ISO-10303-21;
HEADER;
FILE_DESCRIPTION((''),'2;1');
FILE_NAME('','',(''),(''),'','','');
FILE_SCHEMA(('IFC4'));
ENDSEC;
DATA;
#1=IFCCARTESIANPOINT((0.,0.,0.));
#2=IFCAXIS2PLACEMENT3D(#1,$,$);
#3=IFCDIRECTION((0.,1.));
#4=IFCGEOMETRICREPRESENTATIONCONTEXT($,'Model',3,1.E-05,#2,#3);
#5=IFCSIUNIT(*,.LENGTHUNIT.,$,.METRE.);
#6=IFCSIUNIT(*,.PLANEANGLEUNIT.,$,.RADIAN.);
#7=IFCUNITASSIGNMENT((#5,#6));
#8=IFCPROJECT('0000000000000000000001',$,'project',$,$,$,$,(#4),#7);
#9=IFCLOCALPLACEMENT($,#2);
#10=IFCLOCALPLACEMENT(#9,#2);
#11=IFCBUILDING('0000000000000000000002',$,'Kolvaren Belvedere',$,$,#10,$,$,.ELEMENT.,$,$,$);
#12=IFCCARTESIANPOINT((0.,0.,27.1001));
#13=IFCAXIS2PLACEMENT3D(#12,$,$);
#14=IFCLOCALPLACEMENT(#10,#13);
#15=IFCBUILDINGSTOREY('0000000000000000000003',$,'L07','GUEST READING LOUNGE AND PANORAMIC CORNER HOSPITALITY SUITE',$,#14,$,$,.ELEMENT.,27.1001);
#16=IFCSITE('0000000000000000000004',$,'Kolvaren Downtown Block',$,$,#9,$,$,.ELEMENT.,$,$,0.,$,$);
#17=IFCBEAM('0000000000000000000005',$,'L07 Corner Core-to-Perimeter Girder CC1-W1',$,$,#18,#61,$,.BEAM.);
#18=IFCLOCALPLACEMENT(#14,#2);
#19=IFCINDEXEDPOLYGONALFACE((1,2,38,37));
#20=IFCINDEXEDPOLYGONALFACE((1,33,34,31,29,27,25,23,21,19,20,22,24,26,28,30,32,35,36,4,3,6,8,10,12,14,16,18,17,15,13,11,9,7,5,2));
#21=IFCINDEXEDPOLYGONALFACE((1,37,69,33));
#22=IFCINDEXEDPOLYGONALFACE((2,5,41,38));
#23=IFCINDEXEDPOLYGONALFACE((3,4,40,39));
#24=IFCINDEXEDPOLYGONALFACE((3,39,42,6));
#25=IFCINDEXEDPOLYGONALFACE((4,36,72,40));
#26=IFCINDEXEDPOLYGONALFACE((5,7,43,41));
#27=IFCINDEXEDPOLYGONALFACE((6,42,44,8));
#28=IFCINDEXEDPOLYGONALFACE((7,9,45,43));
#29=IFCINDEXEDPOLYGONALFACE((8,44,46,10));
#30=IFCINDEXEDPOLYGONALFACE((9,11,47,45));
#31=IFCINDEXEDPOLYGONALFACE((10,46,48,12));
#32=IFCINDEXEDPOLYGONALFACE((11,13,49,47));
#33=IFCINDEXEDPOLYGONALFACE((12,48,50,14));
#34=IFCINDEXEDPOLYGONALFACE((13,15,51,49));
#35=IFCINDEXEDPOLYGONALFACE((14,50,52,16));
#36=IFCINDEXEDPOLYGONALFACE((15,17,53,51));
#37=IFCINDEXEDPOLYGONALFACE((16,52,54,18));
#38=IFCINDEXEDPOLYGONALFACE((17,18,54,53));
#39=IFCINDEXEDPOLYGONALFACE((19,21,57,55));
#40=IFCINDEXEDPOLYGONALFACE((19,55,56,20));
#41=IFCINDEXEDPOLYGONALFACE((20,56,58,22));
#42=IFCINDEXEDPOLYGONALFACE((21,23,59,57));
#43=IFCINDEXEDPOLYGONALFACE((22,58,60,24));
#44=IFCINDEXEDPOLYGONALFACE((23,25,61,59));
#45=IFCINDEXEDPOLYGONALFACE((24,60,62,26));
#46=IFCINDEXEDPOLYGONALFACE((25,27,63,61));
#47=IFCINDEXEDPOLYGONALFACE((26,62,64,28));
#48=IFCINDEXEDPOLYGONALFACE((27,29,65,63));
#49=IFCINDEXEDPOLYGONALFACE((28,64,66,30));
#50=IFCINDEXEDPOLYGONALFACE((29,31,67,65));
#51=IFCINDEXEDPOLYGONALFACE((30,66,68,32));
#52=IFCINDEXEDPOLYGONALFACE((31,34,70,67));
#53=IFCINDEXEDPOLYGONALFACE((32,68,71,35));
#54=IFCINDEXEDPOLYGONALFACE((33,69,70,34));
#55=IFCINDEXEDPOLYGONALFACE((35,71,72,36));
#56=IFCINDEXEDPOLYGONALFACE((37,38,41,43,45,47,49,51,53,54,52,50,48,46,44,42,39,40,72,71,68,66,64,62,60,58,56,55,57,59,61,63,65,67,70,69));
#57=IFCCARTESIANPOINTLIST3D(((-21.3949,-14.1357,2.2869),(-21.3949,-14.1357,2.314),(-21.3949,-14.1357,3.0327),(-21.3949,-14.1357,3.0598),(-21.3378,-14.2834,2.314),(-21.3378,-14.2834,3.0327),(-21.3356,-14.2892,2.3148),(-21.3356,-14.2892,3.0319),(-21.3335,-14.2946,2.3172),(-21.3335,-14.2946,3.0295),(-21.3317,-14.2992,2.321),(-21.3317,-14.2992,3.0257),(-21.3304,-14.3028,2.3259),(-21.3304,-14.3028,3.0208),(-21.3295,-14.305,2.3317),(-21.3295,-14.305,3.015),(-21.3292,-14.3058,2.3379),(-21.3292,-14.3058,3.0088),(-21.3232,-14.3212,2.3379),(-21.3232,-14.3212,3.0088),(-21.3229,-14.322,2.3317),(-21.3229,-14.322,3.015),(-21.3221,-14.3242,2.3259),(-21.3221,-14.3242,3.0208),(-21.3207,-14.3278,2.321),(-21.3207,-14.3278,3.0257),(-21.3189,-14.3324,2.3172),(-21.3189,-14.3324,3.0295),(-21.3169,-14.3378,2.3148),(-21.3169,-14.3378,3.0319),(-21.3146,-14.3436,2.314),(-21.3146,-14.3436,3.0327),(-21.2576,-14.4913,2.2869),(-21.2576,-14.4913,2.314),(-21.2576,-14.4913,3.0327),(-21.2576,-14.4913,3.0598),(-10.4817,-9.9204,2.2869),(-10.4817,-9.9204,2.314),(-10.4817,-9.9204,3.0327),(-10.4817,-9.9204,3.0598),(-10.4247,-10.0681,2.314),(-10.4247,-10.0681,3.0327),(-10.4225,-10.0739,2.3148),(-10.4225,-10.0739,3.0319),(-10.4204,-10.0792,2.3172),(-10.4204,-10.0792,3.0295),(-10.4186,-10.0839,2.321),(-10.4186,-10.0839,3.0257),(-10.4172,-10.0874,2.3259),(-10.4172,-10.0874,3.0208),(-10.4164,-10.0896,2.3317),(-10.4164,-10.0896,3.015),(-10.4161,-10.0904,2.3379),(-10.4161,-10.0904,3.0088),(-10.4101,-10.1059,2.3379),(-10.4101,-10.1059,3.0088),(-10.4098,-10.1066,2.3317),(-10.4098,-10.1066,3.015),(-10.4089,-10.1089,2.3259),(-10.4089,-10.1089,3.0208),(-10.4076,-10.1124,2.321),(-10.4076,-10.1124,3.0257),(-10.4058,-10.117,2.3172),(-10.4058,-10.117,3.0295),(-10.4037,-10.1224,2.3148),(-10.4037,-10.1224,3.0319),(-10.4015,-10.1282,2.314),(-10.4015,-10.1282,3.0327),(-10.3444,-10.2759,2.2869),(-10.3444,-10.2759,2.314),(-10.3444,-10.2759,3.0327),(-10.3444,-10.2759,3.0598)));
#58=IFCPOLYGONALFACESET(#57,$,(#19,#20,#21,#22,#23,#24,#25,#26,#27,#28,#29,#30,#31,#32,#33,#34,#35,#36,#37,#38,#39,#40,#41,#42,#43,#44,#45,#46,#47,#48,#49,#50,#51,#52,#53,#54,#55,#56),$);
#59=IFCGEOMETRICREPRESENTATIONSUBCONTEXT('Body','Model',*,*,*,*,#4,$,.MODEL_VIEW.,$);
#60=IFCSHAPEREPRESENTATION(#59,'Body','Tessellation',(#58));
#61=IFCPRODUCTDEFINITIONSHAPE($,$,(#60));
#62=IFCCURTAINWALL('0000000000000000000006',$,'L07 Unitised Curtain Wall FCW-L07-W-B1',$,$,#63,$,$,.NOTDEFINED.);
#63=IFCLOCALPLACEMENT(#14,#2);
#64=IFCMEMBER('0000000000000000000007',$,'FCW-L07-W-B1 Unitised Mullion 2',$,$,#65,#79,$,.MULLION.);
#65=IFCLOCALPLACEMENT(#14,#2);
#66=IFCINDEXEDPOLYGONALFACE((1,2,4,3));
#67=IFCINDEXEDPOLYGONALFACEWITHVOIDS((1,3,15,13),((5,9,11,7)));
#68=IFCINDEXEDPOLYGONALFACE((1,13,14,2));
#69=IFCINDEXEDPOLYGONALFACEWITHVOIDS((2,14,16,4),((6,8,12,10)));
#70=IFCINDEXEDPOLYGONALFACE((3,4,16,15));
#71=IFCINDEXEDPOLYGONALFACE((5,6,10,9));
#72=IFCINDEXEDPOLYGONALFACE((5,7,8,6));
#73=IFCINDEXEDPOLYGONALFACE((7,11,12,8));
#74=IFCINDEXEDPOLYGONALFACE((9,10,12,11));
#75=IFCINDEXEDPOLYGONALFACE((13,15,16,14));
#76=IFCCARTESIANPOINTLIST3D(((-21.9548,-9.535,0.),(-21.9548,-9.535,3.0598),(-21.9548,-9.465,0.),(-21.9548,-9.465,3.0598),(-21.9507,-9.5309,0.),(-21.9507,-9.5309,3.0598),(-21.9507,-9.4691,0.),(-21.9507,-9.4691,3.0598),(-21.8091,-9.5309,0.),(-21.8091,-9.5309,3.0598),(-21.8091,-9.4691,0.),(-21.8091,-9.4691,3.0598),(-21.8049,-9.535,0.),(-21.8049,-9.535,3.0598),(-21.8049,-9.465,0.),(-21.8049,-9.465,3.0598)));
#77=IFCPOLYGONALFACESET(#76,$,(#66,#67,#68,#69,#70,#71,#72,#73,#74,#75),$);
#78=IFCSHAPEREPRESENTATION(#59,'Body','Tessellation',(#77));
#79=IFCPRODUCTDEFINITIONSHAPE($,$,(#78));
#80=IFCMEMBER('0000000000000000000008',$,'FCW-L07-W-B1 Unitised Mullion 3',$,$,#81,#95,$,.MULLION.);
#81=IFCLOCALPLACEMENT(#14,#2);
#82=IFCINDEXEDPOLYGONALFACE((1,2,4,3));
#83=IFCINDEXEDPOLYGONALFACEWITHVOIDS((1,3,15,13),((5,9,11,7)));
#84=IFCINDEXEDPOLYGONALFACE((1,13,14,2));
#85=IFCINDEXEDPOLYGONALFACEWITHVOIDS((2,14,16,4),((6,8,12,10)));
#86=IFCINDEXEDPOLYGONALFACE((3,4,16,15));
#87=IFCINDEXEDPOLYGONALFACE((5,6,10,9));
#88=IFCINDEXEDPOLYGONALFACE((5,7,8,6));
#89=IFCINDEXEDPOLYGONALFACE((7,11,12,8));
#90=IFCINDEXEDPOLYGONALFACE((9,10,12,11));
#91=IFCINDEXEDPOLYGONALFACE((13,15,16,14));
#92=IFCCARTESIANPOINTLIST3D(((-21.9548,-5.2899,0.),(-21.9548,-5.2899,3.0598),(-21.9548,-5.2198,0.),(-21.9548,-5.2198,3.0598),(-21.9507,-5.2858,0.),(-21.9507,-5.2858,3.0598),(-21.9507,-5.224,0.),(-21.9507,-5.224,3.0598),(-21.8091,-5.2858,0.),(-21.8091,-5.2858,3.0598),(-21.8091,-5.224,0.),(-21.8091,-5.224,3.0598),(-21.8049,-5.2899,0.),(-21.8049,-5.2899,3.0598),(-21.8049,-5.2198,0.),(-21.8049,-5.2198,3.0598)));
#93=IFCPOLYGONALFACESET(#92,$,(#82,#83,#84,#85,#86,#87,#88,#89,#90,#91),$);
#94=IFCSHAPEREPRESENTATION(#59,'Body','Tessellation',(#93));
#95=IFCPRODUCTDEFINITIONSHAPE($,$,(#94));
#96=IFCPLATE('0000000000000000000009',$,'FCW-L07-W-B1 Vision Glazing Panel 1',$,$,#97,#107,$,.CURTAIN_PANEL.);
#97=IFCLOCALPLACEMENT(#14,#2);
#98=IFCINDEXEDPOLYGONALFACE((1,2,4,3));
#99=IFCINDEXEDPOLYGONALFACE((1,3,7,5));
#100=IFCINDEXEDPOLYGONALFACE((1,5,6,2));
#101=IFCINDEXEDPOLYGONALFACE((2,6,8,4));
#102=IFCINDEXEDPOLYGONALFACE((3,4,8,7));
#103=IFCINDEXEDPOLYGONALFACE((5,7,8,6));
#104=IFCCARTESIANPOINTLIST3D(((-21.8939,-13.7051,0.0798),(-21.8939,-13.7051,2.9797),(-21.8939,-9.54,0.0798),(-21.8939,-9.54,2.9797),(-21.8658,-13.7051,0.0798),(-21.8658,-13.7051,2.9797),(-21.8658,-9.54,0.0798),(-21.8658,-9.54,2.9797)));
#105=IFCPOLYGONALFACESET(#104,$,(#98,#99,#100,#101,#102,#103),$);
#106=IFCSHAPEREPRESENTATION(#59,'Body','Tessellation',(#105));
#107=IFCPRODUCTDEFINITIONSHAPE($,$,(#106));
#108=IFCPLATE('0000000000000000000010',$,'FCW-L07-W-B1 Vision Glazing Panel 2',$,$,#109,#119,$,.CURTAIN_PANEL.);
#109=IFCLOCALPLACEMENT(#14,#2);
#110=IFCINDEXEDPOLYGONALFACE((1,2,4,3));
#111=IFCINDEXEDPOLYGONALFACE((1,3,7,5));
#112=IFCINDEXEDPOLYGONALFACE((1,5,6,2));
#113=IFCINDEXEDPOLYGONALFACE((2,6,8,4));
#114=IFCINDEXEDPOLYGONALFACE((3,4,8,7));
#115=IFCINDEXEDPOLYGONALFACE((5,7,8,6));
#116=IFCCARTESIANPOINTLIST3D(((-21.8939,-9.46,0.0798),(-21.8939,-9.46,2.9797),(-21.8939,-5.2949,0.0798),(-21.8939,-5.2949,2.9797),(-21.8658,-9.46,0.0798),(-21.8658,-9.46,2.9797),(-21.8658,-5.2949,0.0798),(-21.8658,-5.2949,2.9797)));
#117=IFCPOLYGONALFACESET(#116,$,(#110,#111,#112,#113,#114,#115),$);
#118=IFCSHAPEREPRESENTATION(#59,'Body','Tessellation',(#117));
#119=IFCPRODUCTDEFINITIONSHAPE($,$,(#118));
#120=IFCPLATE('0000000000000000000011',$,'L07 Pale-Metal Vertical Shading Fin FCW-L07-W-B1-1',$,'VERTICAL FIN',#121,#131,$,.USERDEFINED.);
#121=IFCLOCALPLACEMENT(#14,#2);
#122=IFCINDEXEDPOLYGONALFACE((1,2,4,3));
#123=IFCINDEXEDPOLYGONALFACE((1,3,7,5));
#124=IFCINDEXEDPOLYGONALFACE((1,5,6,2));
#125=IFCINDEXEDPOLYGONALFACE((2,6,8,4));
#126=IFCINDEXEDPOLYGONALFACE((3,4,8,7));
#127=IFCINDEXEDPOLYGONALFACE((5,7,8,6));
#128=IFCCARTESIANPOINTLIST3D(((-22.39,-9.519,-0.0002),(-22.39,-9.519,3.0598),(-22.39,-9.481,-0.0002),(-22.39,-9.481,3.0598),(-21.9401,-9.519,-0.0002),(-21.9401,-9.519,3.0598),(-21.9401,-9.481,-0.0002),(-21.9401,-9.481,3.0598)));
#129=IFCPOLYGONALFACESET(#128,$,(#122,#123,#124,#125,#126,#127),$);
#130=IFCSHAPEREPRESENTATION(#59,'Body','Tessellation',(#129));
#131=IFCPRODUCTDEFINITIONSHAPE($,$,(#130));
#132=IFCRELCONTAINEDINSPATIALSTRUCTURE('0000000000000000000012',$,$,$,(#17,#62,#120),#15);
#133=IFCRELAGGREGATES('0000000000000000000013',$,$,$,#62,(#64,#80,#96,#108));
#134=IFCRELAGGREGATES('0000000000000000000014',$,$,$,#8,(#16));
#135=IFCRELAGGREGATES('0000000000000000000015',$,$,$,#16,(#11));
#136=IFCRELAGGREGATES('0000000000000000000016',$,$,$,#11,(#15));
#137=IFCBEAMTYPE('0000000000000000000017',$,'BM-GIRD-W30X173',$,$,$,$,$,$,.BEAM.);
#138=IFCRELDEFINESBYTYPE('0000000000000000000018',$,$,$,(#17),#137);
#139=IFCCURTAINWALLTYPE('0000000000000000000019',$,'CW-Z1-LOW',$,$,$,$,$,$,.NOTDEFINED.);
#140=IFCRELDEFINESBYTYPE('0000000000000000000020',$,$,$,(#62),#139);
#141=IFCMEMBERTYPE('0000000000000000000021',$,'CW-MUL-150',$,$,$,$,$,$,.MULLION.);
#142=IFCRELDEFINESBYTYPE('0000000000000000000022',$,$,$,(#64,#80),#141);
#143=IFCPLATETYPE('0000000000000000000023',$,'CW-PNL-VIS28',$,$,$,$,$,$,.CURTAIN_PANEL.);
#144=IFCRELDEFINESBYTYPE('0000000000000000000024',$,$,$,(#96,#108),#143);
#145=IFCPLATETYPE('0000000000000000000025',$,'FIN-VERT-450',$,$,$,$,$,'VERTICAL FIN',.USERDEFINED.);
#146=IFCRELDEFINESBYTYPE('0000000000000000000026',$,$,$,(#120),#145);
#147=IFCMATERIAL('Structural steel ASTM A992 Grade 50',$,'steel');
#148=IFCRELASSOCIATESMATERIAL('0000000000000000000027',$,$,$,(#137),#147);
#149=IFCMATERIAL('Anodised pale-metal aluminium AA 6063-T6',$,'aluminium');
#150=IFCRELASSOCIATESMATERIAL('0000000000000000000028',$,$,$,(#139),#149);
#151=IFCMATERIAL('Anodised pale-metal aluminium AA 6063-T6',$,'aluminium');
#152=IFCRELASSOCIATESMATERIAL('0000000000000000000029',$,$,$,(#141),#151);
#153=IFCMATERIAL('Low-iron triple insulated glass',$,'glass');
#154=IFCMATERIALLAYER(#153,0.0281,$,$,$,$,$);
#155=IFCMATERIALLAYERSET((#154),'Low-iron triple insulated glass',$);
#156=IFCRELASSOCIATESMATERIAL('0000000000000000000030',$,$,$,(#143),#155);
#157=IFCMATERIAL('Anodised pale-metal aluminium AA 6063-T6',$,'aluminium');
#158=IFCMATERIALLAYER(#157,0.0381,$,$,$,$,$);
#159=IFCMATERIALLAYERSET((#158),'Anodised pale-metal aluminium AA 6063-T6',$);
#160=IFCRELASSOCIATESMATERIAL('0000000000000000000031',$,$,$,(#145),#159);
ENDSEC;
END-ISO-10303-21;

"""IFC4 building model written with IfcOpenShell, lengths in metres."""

from ifc_helpers import new_model, si_unit, direction, frame, origin, origin_2d, place, context, subcontext, project, spatial, rectangle, hollow_rectangle, i_section, extrude, material, layer, layer_set, material_profile, profile_set, type_object, element, aggregate, save


model = new_model("IFC4")

# Units and contexts
model_context = context("Model", 3, precision=1e-05, world=origin(), true_north=direction((0.0, 1.0)))
body_context = subcontext(model_context, "Body", "Model", "MODEL_VIEW")
ifc_project = project(units=[si_unit("LENGTHUNIT", "METRE"), si_unit("PLANEANGLEUNIT", "RADIAN")], contexts=[model_context])

# Site, building, storey
site_placement = place(None, origin())
site = spatial("IfcSite", under=ifc_project, at=site_placement, Name="Kolvaren Downtown Block", CompositionType="ELEMENT", RefElevation=0.0)
building_placement = place(site_placement, origin())
building = spatial("IfcBuilding", under=site, at=building_placement, Name="Kolvaren Belvedere", CompositionType="ELEMENT")
storey_placement = place(building_placement, frame((0.0, 0.0, 27.1001)))
storey = spatial("IfcBuildingStorey", under=building, at=storey_placement, Name="L07", Description="GUEST READING LOUNGE AND PANORAMIC CORNER HOSPITALITY SUITE", CompositionType="ELEMENT", Elevation=27.1001)

# Beam
ifc_material_1 = material(Name="Structural steel ASTM A992 Grade 50", Category="steel")
ifc_material_profile_1 = material_profile(ifc_material_1, i_section(OverallWidth=0.3811, OverallDepth=0.7729, WebThickness=0.0166, FlangeThickness=0.0271, FilletRadius=0.0239, at=origin_2d()), Name="W30X173")
ifc_profile_set_1 = profile_set([ifc_material_profile_1], Name="Structural steel ASTM A992 Grade 50")
beam_type = type_object("IfcBeamType", Name="BM-GIRD-W30X173", PredefinedType="BEAM", material=ifc_profile_set_1)
beam_placement = place(storey_placement, frame((-10.4131, -10.0981, 2.6733), z_axis=(-0.932829, -0.360318, 0.0), x_axis=(0.360318, -0.932829, 0.0)))
element("IfcBeam", 1, at=beam_placement, inside=storey, type_object=beam_type, Name="L07 Corner Core-to-Perimeter Girder CC1-W1", PredefinedType="BEAM", context=body_context, shape_type="SweptSolid", body=[
    extrude(i_section(OverallWidth=0.3811, OverallDepth=0.7729, WebThickness=0.0166, FlangeThickness=0.0271, FilletRadius=0.0239, at=origin_2d()), origin(), (0.0, 0.0, 1.0), 11.699),
])

# Curtain wall, members, plates
ifc_material_2 = material(Name="Anodised pale-metal aluminium AA 6063-T6", Category="aluminium")
curtain_wall_type = type_object("IfcCurtainWallType", Name="CW-Z1-LOW", PredefinedType="NOTDEFINED", material=ifc_material_2)
curtain_wall_placement = place(storey_placement, origin())
curtain_wall = element("IfcCurtainWall", 2, at=curtain_wall_placement, inside=storey, type_object=curtain_wall_type, Name="L07 Unitised Curtain Wall FCW-L07-W-B1", PredefinedType="NOTDEFINED")
ifc_material_3 = material(Name="Anodised pale-metal aluminium AA 6063-T6", Category="aluminium")
ifc_material_profile_2 = material_profile(ifc_material_3, hollow_rectangle(XDim=0.0701, YDim=0.1499, WallThickness=0.0042, at=origin_2d()), Name="ALU-MUL-150X70")
ifc_profile_set_2 = profile_set([ifc_material_profile_2], Name="Anodised pale-metal aluminium AA 6063-T6")
member_type = type_object("IfcMemberType", Name="CW-MUL-150", PredefinedType="MULLION", material=ifc_profile_set_2)
member_1_placement = place(storey_placement, frame((-21.8799, -9.5, 0.0), z_axis=(0.0, 0.0, 1.0), x_axis=(0.0, 1.0, 0.0)))
member_1 = element("IfcMember", 3, at=member_1_placement, type_object=member_type, Name="FCW-L07-W-B1 Unitised Mullion 2", PredefinedType="MULLION", context=body_context, shape_type="SweptSolid", body=[
    extrude(hollow_rectangle(XDim=0.0701, YDim=0.1499, WallThickness=0.0042, at=origin_2d()), origin(), (0.0, 0.0, 1.0), 3.0598),
])
member_2_placement = place(storey_placement, frame((-21.8799, -5.2549, 0.0), z_axis=(0.0, 0.0, 1.0), x_axis=(0.0, 1.0, 0.0)))
member_2 = element("IfcMember", 4, at=member_2_placement, type_object=member_type, Name="FCW-L07-W-B1 Unitised Mullion 3", PredefinedType="MULLION", context=body_context, shape_type="SweptSolid", body=[
    extrude(hollow_rectangle(XDim=0.0701, YDim=0.1499, WallThickness=0.0042, at=origin_2d()), origin(), (0.0, 0.0, 1.0), 3.0598),
])
ifc_material_4 = material(Name="Low-iron triple insulated glass", Category="glass")
ifc_layer_1 = layer(ifc_material_4, 0.0281)
ifc_layer_set_1 = layer_set([ifc_layer_1], Name="Low-iron triple insulated glass")
plate_type_1 = type_object("IfcPlateType", Name="CW-PNL-VIS28", PredefinedType="CURTAIN_PANEL", material=ifc_layer_set_1)
plate_1_placement = place(storey_placement, frame((-21.8799, -11.6226, 0.0798), z_axis=(0.0, 0.0, 1.0), x_axis=(0.0, 1.0, 0.0)))
plate_1 = element("IfcPlate", 5, at=plate_1_placement, type_object=plate_type_1, Name="FCW-L07-W-B1 Vision Glazing Panel 1", PredefinedType="CURTAIN_PANEL", context=body_context, shape_type="SweptSolid", body=[
    extrude(rectangle(XDim=4.165, YDim=0.0281, at=origin_2d()), origin(), (0.0, 0.0, 1.0), 2.8999),
])
plate_2_placement = place(storey_placement, frame((-21.8799, -7.3774, 0.0798), z_axis=(0.0, 0.0, 1.0), x_axis=(0.0, 1.0, 0.0)))
plate_2 = element("IfcPlate", 6, at=plate_2_placement, type_object=plate_type_1, Name="FCW-L07-W-B1 Vision Glazing Panel 2", PredefinedType="CURTAIN_PANEL", context=body_context, shape_type="SweptSolid", body=[
    extrude(rectangle(XDim=4.165, YDim=0.0281, at=origin_2d()), origin(), (0.0, 0.0, 1.0), 2.8999),
])
aggregate(curtain_wall, [member_1, member_2, plate_1, plate_2])

# Plate
ifc_material_5 = material(Name="Anodised pale-metal aluminium AA 6063-T6", Category="aluminium")
ifc_layer_2 = layer(ifc_material_5, 0.0381)
ifc_layer_set_2 = layer_set([ifc_layer_2], Name="Anodised pale-metal aluminium AA 6063-T6")
plate_type_2 = type_object("IfcPlateType", Name="FIN-VERT-450", ElementType="VERTICAL FIN", PredefinedType="USERDEFINED", material=ifc_layer_set_2)
plate_3_placement = place(storey_placement, frame((-22.165, -9.5, -0.0002), z_axis=(0.0, 0.0, 1.0), x_axis=(1.0, 0.0, 0.0)))
element("IfcPlate", 7, at=plate_3_placement, inside=storey, type_object=plate_type_2, Name="L07 Pale-Metal Vertical Shading Fin FCW-L07-W-B1-1", ObjectType="VERTICAL FIN", PredefinedType="USERDEFINED", context=body_context, shape_type="SweptSolid", body=[
    extrude(rectangle(XDim=0.45, YDim=0.0381, at=origin_2d()), origin(), (0.0, 0.0, 1.0), 3.0601),
])

save(model, "model.ifc")
